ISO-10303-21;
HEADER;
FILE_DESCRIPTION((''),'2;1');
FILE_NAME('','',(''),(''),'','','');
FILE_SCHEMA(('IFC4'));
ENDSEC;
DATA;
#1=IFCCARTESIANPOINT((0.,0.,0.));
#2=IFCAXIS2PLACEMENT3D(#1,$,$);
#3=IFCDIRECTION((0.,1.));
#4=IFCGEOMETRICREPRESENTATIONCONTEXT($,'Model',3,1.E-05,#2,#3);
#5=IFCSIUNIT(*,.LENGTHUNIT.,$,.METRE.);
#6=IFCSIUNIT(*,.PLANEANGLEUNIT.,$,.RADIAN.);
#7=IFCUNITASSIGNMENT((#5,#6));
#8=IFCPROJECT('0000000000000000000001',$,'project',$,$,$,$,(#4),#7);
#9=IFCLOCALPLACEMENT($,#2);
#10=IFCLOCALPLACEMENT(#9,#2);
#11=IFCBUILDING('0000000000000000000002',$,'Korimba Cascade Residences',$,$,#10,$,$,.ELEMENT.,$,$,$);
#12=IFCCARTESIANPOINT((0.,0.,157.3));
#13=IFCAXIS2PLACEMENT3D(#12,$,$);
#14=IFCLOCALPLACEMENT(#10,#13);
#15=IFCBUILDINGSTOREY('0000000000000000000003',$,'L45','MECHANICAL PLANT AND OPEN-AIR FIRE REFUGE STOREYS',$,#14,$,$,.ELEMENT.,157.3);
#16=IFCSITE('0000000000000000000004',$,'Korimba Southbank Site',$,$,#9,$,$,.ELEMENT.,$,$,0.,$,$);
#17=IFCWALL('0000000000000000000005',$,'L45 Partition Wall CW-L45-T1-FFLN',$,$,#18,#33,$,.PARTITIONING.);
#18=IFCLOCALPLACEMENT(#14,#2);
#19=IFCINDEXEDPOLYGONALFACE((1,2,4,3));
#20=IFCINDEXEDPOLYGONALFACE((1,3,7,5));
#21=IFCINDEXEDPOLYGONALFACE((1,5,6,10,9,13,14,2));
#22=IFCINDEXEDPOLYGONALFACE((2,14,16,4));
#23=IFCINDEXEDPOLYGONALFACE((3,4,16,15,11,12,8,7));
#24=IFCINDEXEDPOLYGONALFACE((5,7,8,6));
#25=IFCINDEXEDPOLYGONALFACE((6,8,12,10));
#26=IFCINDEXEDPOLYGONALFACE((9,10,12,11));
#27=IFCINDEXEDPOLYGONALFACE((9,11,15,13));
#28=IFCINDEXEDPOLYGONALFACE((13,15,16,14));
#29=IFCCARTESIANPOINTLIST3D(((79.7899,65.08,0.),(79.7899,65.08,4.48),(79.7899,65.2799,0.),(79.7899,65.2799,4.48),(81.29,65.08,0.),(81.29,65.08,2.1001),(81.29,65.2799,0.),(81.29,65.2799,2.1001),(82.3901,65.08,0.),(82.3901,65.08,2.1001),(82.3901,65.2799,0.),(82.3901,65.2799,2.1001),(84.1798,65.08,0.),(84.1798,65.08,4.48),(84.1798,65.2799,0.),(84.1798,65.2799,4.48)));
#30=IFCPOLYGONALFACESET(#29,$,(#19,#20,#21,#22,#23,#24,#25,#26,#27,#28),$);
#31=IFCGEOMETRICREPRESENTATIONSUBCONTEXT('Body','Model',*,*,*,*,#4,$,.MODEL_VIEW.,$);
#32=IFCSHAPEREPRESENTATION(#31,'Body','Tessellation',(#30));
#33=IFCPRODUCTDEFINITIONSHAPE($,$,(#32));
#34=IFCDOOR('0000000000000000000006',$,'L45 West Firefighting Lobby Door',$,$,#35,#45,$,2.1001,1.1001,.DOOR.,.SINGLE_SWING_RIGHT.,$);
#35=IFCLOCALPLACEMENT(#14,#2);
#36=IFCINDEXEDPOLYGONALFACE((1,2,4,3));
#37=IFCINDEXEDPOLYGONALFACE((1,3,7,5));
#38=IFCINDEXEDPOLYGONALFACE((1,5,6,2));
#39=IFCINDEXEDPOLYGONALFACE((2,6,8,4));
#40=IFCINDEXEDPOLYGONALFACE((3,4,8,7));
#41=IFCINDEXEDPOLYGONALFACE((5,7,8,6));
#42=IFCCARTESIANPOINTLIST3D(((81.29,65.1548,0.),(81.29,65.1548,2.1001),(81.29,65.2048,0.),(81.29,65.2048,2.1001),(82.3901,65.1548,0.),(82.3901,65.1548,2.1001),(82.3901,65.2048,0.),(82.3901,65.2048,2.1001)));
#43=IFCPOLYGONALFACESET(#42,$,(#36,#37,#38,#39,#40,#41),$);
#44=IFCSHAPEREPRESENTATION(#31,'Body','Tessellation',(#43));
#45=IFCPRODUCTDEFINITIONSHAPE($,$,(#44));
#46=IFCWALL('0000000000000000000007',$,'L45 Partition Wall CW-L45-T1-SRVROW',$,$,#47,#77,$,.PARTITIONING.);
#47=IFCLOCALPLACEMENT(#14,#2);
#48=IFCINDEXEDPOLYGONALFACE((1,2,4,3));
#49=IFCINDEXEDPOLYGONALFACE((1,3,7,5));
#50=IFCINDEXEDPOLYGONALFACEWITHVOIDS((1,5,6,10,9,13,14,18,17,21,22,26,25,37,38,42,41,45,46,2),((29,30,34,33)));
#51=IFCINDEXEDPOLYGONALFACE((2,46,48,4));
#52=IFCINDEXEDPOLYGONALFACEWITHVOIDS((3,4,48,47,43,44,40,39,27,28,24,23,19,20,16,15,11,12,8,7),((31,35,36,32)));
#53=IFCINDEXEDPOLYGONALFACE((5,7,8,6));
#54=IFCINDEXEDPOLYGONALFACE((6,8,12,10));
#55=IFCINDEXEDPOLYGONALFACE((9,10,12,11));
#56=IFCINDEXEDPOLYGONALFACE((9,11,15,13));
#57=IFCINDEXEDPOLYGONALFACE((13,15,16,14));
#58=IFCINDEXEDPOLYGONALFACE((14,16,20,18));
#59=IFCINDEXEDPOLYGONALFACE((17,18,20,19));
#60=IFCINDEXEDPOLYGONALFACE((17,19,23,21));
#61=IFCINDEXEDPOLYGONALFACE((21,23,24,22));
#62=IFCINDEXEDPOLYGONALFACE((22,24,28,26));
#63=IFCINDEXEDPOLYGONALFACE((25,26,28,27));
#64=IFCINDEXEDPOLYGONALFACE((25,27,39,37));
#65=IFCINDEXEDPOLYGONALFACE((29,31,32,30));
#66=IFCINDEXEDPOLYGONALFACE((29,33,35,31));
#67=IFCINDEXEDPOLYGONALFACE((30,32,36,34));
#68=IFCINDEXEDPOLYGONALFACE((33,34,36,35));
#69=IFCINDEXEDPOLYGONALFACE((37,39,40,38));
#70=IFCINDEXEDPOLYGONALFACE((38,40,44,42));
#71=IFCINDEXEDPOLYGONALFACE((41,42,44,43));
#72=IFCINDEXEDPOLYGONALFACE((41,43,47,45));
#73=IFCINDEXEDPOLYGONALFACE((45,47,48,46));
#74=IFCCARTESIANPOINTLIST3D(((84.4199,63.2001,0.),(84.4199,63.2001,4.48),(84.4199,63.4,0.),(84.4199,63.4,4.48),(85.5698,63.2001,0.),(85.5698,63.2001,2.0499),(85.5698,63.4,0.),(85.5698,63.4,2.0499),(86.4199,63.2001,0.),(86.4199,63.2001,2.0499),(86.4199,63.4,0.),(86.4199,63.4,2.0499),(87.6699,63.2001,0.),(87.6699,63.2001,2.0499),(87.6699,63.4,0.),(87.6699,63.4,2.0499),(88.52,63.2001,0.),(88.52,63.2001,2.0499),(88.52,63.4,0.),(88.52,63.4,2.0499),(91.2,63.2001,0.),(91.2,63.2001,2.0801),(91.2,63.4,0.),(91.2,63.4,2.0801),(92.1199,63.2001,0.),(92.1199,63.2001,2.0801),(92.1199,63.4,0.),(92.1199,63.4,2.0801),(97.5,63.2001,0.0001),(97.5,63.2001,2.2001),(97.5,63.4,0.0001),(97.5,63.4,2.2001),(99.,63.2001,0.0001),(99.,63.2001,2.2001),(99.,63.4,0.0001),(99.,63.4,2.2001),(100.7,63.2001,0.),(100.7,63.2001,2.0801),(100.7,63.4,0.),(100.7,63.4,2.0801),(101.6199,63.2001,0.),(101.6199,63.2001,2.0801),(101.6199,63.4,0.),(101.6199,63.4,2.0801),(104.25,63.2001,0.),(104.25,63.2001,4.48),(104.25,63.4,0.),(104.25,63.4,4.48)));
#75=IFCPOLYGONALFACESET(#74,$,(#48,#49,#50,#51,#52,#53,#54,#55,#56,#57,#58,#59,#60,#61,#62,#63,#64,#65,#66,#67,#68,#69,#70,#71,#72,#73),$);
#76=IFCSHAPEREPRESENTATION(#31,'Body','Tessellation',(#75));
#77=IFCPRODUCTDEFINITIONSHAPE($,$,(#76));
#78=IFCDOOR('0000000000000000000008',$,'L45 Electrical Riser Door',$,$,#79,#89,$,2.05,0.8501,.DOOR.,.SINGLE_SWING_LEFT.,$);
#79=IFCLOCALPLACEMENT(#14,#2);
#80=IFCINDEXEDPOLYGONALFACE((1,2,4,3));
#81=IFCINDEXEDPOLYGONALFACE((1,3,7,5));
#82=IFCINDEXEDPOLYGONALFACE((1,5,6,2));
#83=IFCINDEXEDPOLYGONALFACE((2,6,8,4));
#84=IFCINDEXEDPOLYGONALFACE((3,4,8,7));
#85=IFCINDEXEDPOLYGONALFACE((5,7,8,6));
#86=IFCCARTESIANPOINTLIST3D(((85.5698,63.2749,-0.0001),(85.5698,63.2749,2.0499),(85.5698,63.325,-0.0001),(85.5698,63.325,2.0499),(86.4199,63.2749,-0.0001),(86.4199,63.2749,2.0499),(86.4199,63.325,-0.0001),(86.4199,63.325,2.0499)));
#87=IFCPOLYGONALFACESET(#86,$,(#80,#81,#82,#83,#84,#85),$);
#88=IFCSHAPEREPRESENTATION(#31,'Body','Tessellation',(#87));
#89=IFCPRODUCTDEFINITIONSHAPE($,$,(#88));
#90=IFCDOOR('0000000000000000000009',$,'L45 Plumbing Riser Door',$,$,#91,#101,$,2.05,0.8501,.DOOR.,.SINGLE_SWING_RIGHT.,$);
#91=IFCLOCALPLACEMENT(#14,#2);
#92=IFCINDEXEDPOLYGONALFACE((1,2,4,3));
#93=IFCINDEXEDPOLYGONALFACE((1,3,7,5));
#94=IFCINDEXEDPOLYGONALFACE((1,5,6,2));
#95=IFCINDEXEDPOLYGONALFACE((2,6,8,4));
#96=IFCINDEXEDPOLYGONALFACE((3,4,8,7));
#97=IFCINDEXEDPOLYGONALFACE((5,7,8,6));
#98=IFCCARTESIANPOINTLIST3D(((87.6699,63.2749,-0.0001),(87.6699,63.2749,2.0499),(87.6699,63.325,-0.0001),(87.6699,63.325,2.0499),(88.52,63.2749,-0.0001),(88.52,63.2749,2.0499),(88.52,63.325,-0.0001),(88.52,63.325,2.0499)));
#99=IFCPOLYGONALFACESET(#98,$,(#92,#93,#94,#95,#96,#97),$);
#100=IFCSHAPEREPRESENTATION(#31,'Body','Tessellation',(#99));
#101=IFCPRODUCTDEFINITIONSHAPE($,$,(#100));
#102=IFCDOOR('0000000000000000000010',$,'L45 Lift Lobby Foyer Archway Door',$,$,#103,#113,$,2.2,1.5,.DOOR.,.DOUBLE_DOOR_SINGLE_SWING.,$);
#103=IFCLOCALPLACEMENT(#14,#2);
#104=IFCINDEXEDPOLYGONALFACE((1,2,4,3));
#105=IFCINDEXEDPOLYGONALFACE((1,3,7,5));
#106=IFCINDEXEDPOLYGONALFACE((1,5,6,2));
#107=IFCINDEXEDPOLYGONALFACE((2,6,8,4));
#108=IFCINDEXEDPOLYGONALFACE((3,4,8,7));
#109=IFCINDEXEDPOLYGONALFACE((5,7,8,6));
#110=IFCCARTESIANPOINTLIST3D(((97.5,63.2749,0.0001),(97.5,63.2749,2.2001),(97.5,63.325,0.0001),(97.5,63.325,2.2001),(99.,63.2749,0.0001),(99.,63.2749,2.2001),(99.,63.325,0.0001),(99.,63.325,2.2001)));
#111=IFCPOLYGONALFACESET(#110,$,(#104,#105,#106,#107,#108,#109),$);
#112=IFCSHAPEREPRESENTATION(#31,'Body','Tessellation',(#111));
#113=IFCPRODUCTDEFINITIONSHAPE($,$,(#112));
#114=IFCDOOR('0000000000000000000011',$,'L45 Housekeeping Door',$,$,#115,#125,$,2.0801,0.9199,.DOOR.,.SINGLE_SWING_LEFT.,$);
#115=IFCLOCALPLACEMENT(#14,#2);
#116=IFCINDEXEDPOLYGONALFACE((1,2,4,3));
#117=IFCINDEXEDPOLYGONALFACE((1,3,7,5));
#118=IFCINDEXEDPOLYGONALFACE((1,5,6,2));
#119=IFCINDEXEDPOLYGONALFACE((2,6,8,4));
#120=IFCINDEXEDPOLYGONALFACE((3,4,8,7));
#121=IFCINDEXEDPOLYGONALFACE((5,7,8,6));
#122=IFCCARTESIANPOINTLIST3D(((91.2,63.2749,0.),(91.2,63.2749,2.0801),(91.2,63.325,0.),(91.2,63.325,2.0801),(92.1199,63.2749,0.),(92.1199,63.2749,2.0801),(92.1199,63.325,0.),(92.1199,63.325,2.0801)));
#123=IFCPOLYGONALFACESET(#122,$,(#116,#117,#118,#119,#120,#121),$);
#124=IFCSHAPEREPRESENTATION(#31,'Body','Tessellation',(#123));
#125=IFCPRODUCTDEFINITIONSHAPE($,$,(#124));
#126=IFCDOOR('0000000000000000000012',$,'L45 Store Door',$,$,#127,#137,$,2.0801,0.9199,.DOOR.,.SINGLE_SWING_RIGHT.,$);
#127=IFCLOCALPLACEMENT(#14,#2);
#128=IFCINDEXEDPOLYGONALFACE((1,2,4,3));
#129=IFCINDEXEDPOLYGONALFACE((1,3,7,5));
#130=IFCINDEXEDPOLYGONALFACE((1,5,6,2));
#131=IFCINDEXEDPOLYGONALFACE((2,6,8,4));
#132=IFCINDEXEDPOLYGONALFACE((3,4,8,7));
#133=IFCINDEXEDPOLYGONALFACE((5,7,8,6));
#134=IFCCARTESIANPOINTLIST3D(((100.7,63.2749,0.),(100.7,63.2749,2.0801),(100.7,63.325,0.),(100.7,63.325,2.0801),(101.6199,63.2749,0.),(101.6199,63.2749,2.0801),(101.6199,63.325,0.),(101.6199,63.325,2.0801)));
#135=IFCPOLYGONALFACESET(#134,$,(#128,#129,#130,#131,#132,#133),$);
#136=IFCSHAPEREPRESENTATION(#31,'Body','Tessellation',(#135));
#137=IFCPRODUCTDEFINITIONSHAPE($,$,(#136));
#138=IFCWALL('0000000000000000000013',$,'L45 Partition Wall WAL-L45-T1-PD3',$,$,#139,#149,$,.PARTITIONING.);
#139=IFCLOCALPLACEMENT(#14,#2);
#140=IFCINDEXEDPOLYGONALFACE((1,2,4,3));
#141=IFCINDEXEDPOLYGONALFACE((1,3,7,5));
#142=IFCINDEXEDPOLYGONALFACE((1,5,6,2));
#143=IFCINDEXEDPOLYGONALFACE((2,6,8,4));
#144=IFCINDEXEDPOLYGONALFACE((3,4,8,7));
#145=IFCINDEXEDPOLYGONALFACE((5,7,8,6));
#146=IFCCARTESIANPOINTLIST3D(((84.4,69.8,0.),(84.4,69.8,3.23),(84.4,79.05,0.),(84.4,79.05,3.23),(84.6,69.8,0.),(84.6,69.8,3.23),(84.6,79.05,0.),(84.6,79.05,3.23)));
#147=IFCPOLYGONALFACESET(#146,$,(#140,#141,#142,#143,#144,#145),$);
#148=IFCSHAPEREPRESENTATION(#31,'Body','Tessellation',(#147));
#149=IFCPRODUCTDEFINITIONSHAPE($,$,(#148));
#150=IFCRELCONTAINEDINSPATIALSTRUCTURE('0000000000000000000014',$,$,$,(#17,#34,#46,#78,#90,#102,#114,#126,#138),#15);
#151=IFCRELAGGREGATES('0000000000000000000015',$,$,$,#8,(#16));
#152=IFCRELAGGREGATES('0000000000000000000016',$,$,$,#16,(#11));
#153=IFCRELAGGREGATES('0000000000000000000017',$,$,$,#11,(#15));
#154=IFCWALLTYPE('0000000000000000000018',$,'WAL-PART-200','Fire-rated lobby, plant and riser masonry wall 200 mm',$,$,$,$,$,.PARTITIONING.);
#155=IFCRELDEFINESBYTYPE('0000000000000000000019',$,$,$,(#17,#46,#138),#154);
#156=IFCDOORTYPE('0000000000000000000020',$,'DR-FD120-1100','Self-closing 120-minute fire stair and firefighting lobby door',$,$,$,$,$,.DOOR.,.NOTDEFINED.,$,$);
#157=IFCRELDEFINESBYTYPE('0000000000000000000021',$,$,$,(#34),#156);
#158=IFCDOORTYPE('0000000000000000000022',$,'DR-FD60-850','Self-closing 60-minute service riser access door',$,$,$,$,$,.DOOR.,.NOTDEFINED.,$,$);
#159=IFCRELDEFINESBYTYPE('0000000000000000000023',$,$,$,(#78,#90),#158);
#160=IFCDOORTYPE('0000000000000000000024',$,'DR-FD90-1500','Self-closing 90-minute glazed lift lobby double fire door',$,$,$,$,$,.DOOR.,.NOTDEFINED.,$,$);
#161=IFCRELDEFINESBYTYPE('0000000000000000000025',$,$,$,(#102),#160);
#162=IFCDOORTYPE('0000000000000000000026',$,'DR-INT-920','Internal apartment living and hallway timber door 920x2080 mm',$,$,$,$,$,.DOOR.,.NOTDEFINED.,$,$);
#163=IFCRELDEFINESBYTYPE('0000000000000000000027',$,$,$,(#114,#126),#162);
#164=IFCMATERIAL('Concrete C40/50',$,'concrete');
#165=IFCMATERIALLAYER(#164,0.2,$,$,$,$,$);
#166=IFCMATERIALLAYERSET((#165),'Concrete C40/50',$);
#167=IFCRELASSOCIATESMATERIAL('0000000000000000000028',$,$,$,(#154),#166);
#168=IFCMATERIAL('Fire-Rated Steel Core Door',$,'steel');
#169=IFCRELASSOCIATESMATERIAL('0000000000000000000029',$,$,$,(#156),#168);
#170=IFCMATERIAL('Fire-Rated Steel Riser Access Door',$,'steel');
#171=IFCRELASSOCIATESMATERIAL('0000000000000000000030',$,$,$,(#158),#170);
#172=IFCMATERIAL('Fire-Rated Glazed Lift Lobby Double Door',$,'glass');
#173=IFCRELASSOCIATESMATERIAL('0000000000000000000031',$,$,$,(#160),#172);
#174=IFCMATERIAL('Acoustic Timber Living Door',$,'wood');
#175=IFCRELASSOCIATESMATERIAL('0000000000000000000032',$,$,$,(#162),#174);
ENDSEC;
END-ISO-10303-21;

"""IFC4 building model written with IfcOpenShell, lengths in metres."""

from ifc_helpers import new_model, si_unit, direction, frame, frame_2d, origin, place, context, subcontext, project, spatial, rectangle, extrude, material, layer, layer_set, type_object, element, fill, save


model = new_model("IFC4")

# Units and contexts
model_context = context("Model", 3, precision=1e-05, world=origin(), true_north=direction((0.0, 1.0)))
body_context = subcontext(model_context, "Body", "Model", "MODEL_VIEW")
ifc_project = project(units=[si_unit("LENGTHUNIT", "METRE"), si_unit("PLANEANGLEUNIT", "RADIAN")], contexts=[model_context])

# Site, building, storey
site_placement = place(None, origin())
site = spatial("IfcSite", under=ifc_project, at=site_placement, Name="Korimba Southbank Site", CompositionType="ELEMENT", RefElevation=0.0)
building_placement = place(site_placement, origin())
building = spatial("IfcBuilding", under=site, at=building_placement, Name="Korimba Cascade Residences", CompositionType="ELEMENT")
storey_placement = place(building_placement, frame((0.0, 0.0, 157.3)))
storey = spatial("IfcBuildingStorey", under=building, at=storey_placement, Name="L45", Description="MECHANICAL PLANT AND OPEN-AIR FIRE REFUGE STOREYS", CompositionType="ELEMENT", Elevation=157.3)

# Wall, opening, door
ifc_material_1 = material(Name="Concrete C40/50", Category="concrete")
ifc_layer_1 = layer(ifc_material_1, 0.2)
ifc_layer_set_1 = layer_set([ifc_layer_1], Name="Concrete C40/50")
wall_type_1 = type_object("IfcWallType", Name="WAL-PART-200", Description="Fire-rated lobby, plant and riser masonry wall 200 mm", PredefinedType="PARTITIONING", material=ifc_layer_set_1)
wall_1_placement = place(storey_placement, frame((79.79, 65.1799, 0.0), z_axis=(0.0, 0.0, 1.0), x_axis=(1.0, 0.0, 0.0)))
wall_1 = element("IfcWall", 1, at=wall_1_placement, inside=storey, type_object=wall_type_1, Name="L45 Partition Wall CW-L45-T1-FFLN", PredefinedType="PARTITIONING", context=body_context, shape_type="SweptSolid", body=[
    extrude(rectangle(XDim=4.3899, YDim=0.2, at=frame_2d((2.1948, 0.0))), origin(), (0.0, 0.0, 1.0), 4.48),
])
opening_1_placement = place(wall_1_placement, frame((1.5, 0.0, 0.0)))
opening_1 = element("IfcOpeningElement", 2, at=opening_1_placement, cuts=wall_1, PredefinedType="OPENING", context=body_context, shape_type="SweptSolid", body=[
    extrude(rectangle(XDim=1.1001, YDim=2.1001, at=frame_2d((0.55, 1.05))), frame((0.0, 0.1099, 0.0), z_axis=(0.0, -1.0, 0.0), x_axis=(1.0, 0.0, 0.0)), (0.0, 0.0, 1.0), 0.22),
])
ifc_material_2 = material(Name="Fire-Rated Steel Core Door", Category="steel")
door_type_1 = type_object("IfcDoorType", Name="DR-FD120-1100", Description="Self-closing 120-minute fire stair and firefighting lobby door", OperationType="NOTDEFINED", PredefinedType="DOOR", material=ifc_material_2)
door_1_placement = place(opening_1_placement, origin())
door_1 = element("IfcDoor", 3, at=door_1_placement, inside=storey, type_object=door_type_1, Name="L45 West Firefighting Lobby Door", OperationType="SINGLE_SWING_RIGHT", OverallHeight=2.1001, OverallWidth=1.1001, PredefinedType="DOOR", context=body_context, shape_type="SweptSolid", body=[
    extrude(rectangle(XDim=1.1001, YDim=2.1001, at=frame_2d((0.55, 1.05))), frame((0.0, 0.0249, 0.0), z_axis=(0.0, -1.0, 0.0), x_axis=(1.0, 0.0, 0.0)), (0.0, 0.0, 1.0), 0.05),
])
fill(opening_1, door_1)

# Wall, openings, doors
wall_2_placement = place(storey_placement, frame((84.4199, 63.3, 0.0), z_axis=(0.0, 0.0, 1.0), x_axis=(1.0, 0.0, 0.0)))
wall_2 = element("IfcWall", 4, at=wall_2_placement, inside=storey, type_object=wall_type_1, Name="L45 Partition Wall CW-L45-T1-SRVROW", PredefinedType="PARTITIONING", context=body_context, shape_type="SweptSolid", body=[
    extrude(rectangle(XDim=19.8301, YDim=0.2, at=frame_2d((9.915, 0.0))), origin(), (0.0, 0.0, 1.0), 4.48),
])
opening_2_placement = place(wall_2_placement, frame((1.1499, 0.0, 0.0)))
opening_2 = element("IfcOpeningElement", 5, at=opening_2_placement, cuts=wall_2, PredefinedType="OPENING", context=body_context, shape_type="SweptSolid", body=[
    extrude(rectangle(XDim=0.8501, YDim=2.05, at=frame_2d((0.425, 1.0249))), frame((0.0, 0.1099, 0.0), z_axis=(0.0, -1.0, 0.0), x_axis=(1.0, 0.0, 0.0)), (0.0, 0.0, 1.0), 0.22),
])
opening_3_placement = place(wall_2_placement, frame((3.25, 0.0, 0.0)))
opening_3 = element("IfcOpeningElement", 6, at=opening_3_placement, cuts=wall_2, PredefinedType="OPENING", context=body_context, shape_type="SweptSolid", body=[
    extrude(rectangle(XDim=0.8501, YDim=2.05, at=frame_2d((0.425, 1.0249))), frame((0.0, 0.1099, 0.0), z_axis=(0.0, -1.0, 0.0), x_axis=(1.0, 0.0, 0.0)), (0.0, 0.0, 1.0), 0.22),
])
opening_4_placement = place(wall_2_placement, frame((13.0801, 0.0, 0.0)))
opening_4 = element("IfcOpeningElement", 7, at=opening_4_placement, cuts=wall_2, PredefinedType="OPENING", context=body_context, shape_type="SweptSolid", body=[
    extrude(rectangle(XDim=1.5, YDim=2.2, at=frame_2d((0.75, 1.1001))), frame((0.0, 0.1099, 0.0), z_axis=(0.0, -1.0, 0.0), x_axis=(1.0, 0.0, 0.0)), (0.0, 0.0, 1.0), 0.22),
])
opening_5_placement = place(wall_2_placement, frame((6.78, 0.0, 0.0)))
opening_5 = element("IfcOpeningElement", 8, at=opening_5_placement, cuts=wall_2, PredefinedType="OPENING", context=body_context, shape_type="SweptSolid", body=[
    extrude(rectangle(XDim=0.9199, YDim=2.0801, at=frame_2d((0.46, 1.04))), frame((0.0, 0.1099, 0.0), z_axis=(0.0, -1.0, 0.0), x_axis=(1.0, 0.0, 0.0)), (0.0, 0.0, 1.0), 0.22),
])
opening_6_placement = place(wall_2_placement, frame((16.28, 0.0, 0.0)))
opening_6 = element("IfcOpeningElement", 9, at=opening_6_placement, cuts=wall_2, PredefinedType="OPENING", context=body_context, shape_type="SweptSolid", body=[
    extrude(rectangle(XDim=0.9199, YDim=2.0801, at=frame_2d((0.46, 1.04))), frame((0.0, 0.1099, 0.0), z_axis=(0.0, -1.0, 0.0), x_axis=(1.0, 0.0, 0.0)), (0.0, 0.0, 1.0), 0.22),
])
ifc_material_3 = material(Name="Fire-Rated Steel Riser Access Door", Category="steel")
door_type_2 = type_object("IfcDoorType", Name="DR-FD60-850", Description="Self-closing 60-minute service riser access door", OperationType="NOTDEFINED", PredefinedType="DOOR", material=ifc_material_3)
door_2_placement = place(opening_2_placement, origin())
door_2 = element("IfcDoor", 10, at=door_2_placement, inside=storey, type_object=door_type_2, Name="L45 Electrical Riser Door", OperationType="SINGLE_SWING_LEFT", OverallHeight=2.05, OverallWidth=0.8501, PredefinedType="DOOR", context=body_context, shape_type="SweptSolid", body=[
    extrude(rectangle(XDim=0.8501, YDim=2.05, at=frame_2d((0.425, 1.0249))), frame((0.0, 0.0249, 0.0), z_axis=(0.0, -1.0, 0.0), x_axis=(1.0, 0.0, 0.0)), (0.0, 0.0, 1.0), 0.05),
])
fill(opening_2, door_2)
door_3_placement = place(opening_3_placement, origin())
door_3 = element("IfcDoor", 11, at=door_3_placement, inside=storey, type_object=door_type_2, Name="L45 Plumbing Riser Door", OperationType="SINGLE_SWING_RIGHT", OverallHeight=2.05, OverallWidth=0.8501, PredefinedType="DOOR", context=body_context, shape_type="SweptSolid", body=[
    extrude(rectangle(XDim=0.8501, YDim=2.05, at=frame_2d((0.425, 1.0249))), frame((0.0, 0.0249, 0.0), z_axis=(0.0, -1.0, 0.0), x_axis=(1.0, 0.0, 0.0)), (0.0, 0.0, 1.0), 0.05),
])
fill(opening_3, door_3)
ifc_material_4 = material(Name="Fire-Rated Glazed Lift Lobby Double Door", Category="glass")
door_type_3 = type_object("IfcDoorType", Name="DR-FD90-1500", Description="Self-closing 90-minute glazed lift lobby double fire door", OperationType="NOTDEFINED", PredefinedType="DOOR", material=ifc_material_4)
door_4_placement = place(opening_4_placement, origin())
door_4 = element("IfcDoor", 12, at=door_4_placement, inside=storey, type_object=door_type_3, Name="L45 Lift Lobby Foyer Archway Door", OperationType="DOUBLE_DOOR_SINGLE_SWING", OverallHeight=2.2, OverallWidth=1.5, PredefinedType="DOOR", context=body_context, shape_type="SweptSolid", body=[
    extrude(rectangle(XDim=1.5, YDim=2.2, at=frame_2d((0.75, 1.1001))), frame((0.0, 0.0249, 0.0), z_axis=(0.0, -1.0, 0.0), x_axis=(1.0, 0.0, 0.0)), (0.0, 0.0, 1.0), 0.05),
])
fill(opening_4, door_4)
ifc_material_5 = material(Name="Acoustic Timber Living Door", Category="wood")
door_type_4 = type_object("IfcDoorType", Name="DR-INT-920", Description="Internal apartment living and hallway timber door 920x2080 mm", OperationType="NOTDEFINED", PredefinedType="DOOR", material=ifc_material_5)
door_5_placement = place(opening_5_placement, origin())
door_5 = element("IfcDoor", 13, at=door_5_placement, inside=storey, type_object=door_type_4, Name="L45 Housekeeping Door", OperationType="SINGLE_SWING_LEFT", OverallHeight=2.0801, OverallWidth=0.9199, PredefinedType="DOOR", context=body_context, shape_type="SweptSolid", body=[
    extrude(rectangle(XDim=0.9199, YDim=2.0801, at=frame_2d((0.46, 1.04))), frame((0.0, 0.0249, 0.0), z_axis=(0.0, -1.0, 0.0), x_axis=(1.0, 0.0, 0.0)), (0.0, 0.0, 1.0), 0.05),
])
fill(opening_5, door_5)
door_6_placement = place(opening_6_placement, origin())
door_6 = element("IfcDoor", 14, at=door_6_placement, inside=storey, type_object=door_type_4, Name="L45 Store Door", OperationType="SINGLE_SWING_RIGHT", OverallHeight=2.0801, OverallWidth=0.9199, PredefinedType="DOOR", context=body_context, shape_type="SweptSolid", body=[
    extrude(rectangle(XDim=0.9199, YDim=2.0801, at=frame_2d((0.46, 1.04))), frame((0.0, 0.0249, 0.0), z_axis=(0.0, -1.0, 0.0), x_axis=(1.0, 0.0, 0.0)), (0.0, 0.0, 1.0), 0.05),
])
fill(opening_6, door_6)

# Wall
wall_3_placement = place(storey_placement, frame((84.5, 69.8, 0.0), z_axis=(0.0, 0.0, 1.0), x_axis=(0.0, 1.0, 0.0)))
element("IfcWall", 15, at=wall_3_placement, inside=storey, type_object=wall_type_1, Name="L45 Partition Wall WAL-L45-T1-PD3", PredefinedType="PARTITIONING", context=body_context, shape_type="SweptSolid", body=[
    extrude(rectangle(XDim=9.25, YDim=0.2, at=frame_2d((4.625, 0.0))), origin(), (0.0, 0.0, 1.0), 3.23),
])

save(model, "model.ifc")
